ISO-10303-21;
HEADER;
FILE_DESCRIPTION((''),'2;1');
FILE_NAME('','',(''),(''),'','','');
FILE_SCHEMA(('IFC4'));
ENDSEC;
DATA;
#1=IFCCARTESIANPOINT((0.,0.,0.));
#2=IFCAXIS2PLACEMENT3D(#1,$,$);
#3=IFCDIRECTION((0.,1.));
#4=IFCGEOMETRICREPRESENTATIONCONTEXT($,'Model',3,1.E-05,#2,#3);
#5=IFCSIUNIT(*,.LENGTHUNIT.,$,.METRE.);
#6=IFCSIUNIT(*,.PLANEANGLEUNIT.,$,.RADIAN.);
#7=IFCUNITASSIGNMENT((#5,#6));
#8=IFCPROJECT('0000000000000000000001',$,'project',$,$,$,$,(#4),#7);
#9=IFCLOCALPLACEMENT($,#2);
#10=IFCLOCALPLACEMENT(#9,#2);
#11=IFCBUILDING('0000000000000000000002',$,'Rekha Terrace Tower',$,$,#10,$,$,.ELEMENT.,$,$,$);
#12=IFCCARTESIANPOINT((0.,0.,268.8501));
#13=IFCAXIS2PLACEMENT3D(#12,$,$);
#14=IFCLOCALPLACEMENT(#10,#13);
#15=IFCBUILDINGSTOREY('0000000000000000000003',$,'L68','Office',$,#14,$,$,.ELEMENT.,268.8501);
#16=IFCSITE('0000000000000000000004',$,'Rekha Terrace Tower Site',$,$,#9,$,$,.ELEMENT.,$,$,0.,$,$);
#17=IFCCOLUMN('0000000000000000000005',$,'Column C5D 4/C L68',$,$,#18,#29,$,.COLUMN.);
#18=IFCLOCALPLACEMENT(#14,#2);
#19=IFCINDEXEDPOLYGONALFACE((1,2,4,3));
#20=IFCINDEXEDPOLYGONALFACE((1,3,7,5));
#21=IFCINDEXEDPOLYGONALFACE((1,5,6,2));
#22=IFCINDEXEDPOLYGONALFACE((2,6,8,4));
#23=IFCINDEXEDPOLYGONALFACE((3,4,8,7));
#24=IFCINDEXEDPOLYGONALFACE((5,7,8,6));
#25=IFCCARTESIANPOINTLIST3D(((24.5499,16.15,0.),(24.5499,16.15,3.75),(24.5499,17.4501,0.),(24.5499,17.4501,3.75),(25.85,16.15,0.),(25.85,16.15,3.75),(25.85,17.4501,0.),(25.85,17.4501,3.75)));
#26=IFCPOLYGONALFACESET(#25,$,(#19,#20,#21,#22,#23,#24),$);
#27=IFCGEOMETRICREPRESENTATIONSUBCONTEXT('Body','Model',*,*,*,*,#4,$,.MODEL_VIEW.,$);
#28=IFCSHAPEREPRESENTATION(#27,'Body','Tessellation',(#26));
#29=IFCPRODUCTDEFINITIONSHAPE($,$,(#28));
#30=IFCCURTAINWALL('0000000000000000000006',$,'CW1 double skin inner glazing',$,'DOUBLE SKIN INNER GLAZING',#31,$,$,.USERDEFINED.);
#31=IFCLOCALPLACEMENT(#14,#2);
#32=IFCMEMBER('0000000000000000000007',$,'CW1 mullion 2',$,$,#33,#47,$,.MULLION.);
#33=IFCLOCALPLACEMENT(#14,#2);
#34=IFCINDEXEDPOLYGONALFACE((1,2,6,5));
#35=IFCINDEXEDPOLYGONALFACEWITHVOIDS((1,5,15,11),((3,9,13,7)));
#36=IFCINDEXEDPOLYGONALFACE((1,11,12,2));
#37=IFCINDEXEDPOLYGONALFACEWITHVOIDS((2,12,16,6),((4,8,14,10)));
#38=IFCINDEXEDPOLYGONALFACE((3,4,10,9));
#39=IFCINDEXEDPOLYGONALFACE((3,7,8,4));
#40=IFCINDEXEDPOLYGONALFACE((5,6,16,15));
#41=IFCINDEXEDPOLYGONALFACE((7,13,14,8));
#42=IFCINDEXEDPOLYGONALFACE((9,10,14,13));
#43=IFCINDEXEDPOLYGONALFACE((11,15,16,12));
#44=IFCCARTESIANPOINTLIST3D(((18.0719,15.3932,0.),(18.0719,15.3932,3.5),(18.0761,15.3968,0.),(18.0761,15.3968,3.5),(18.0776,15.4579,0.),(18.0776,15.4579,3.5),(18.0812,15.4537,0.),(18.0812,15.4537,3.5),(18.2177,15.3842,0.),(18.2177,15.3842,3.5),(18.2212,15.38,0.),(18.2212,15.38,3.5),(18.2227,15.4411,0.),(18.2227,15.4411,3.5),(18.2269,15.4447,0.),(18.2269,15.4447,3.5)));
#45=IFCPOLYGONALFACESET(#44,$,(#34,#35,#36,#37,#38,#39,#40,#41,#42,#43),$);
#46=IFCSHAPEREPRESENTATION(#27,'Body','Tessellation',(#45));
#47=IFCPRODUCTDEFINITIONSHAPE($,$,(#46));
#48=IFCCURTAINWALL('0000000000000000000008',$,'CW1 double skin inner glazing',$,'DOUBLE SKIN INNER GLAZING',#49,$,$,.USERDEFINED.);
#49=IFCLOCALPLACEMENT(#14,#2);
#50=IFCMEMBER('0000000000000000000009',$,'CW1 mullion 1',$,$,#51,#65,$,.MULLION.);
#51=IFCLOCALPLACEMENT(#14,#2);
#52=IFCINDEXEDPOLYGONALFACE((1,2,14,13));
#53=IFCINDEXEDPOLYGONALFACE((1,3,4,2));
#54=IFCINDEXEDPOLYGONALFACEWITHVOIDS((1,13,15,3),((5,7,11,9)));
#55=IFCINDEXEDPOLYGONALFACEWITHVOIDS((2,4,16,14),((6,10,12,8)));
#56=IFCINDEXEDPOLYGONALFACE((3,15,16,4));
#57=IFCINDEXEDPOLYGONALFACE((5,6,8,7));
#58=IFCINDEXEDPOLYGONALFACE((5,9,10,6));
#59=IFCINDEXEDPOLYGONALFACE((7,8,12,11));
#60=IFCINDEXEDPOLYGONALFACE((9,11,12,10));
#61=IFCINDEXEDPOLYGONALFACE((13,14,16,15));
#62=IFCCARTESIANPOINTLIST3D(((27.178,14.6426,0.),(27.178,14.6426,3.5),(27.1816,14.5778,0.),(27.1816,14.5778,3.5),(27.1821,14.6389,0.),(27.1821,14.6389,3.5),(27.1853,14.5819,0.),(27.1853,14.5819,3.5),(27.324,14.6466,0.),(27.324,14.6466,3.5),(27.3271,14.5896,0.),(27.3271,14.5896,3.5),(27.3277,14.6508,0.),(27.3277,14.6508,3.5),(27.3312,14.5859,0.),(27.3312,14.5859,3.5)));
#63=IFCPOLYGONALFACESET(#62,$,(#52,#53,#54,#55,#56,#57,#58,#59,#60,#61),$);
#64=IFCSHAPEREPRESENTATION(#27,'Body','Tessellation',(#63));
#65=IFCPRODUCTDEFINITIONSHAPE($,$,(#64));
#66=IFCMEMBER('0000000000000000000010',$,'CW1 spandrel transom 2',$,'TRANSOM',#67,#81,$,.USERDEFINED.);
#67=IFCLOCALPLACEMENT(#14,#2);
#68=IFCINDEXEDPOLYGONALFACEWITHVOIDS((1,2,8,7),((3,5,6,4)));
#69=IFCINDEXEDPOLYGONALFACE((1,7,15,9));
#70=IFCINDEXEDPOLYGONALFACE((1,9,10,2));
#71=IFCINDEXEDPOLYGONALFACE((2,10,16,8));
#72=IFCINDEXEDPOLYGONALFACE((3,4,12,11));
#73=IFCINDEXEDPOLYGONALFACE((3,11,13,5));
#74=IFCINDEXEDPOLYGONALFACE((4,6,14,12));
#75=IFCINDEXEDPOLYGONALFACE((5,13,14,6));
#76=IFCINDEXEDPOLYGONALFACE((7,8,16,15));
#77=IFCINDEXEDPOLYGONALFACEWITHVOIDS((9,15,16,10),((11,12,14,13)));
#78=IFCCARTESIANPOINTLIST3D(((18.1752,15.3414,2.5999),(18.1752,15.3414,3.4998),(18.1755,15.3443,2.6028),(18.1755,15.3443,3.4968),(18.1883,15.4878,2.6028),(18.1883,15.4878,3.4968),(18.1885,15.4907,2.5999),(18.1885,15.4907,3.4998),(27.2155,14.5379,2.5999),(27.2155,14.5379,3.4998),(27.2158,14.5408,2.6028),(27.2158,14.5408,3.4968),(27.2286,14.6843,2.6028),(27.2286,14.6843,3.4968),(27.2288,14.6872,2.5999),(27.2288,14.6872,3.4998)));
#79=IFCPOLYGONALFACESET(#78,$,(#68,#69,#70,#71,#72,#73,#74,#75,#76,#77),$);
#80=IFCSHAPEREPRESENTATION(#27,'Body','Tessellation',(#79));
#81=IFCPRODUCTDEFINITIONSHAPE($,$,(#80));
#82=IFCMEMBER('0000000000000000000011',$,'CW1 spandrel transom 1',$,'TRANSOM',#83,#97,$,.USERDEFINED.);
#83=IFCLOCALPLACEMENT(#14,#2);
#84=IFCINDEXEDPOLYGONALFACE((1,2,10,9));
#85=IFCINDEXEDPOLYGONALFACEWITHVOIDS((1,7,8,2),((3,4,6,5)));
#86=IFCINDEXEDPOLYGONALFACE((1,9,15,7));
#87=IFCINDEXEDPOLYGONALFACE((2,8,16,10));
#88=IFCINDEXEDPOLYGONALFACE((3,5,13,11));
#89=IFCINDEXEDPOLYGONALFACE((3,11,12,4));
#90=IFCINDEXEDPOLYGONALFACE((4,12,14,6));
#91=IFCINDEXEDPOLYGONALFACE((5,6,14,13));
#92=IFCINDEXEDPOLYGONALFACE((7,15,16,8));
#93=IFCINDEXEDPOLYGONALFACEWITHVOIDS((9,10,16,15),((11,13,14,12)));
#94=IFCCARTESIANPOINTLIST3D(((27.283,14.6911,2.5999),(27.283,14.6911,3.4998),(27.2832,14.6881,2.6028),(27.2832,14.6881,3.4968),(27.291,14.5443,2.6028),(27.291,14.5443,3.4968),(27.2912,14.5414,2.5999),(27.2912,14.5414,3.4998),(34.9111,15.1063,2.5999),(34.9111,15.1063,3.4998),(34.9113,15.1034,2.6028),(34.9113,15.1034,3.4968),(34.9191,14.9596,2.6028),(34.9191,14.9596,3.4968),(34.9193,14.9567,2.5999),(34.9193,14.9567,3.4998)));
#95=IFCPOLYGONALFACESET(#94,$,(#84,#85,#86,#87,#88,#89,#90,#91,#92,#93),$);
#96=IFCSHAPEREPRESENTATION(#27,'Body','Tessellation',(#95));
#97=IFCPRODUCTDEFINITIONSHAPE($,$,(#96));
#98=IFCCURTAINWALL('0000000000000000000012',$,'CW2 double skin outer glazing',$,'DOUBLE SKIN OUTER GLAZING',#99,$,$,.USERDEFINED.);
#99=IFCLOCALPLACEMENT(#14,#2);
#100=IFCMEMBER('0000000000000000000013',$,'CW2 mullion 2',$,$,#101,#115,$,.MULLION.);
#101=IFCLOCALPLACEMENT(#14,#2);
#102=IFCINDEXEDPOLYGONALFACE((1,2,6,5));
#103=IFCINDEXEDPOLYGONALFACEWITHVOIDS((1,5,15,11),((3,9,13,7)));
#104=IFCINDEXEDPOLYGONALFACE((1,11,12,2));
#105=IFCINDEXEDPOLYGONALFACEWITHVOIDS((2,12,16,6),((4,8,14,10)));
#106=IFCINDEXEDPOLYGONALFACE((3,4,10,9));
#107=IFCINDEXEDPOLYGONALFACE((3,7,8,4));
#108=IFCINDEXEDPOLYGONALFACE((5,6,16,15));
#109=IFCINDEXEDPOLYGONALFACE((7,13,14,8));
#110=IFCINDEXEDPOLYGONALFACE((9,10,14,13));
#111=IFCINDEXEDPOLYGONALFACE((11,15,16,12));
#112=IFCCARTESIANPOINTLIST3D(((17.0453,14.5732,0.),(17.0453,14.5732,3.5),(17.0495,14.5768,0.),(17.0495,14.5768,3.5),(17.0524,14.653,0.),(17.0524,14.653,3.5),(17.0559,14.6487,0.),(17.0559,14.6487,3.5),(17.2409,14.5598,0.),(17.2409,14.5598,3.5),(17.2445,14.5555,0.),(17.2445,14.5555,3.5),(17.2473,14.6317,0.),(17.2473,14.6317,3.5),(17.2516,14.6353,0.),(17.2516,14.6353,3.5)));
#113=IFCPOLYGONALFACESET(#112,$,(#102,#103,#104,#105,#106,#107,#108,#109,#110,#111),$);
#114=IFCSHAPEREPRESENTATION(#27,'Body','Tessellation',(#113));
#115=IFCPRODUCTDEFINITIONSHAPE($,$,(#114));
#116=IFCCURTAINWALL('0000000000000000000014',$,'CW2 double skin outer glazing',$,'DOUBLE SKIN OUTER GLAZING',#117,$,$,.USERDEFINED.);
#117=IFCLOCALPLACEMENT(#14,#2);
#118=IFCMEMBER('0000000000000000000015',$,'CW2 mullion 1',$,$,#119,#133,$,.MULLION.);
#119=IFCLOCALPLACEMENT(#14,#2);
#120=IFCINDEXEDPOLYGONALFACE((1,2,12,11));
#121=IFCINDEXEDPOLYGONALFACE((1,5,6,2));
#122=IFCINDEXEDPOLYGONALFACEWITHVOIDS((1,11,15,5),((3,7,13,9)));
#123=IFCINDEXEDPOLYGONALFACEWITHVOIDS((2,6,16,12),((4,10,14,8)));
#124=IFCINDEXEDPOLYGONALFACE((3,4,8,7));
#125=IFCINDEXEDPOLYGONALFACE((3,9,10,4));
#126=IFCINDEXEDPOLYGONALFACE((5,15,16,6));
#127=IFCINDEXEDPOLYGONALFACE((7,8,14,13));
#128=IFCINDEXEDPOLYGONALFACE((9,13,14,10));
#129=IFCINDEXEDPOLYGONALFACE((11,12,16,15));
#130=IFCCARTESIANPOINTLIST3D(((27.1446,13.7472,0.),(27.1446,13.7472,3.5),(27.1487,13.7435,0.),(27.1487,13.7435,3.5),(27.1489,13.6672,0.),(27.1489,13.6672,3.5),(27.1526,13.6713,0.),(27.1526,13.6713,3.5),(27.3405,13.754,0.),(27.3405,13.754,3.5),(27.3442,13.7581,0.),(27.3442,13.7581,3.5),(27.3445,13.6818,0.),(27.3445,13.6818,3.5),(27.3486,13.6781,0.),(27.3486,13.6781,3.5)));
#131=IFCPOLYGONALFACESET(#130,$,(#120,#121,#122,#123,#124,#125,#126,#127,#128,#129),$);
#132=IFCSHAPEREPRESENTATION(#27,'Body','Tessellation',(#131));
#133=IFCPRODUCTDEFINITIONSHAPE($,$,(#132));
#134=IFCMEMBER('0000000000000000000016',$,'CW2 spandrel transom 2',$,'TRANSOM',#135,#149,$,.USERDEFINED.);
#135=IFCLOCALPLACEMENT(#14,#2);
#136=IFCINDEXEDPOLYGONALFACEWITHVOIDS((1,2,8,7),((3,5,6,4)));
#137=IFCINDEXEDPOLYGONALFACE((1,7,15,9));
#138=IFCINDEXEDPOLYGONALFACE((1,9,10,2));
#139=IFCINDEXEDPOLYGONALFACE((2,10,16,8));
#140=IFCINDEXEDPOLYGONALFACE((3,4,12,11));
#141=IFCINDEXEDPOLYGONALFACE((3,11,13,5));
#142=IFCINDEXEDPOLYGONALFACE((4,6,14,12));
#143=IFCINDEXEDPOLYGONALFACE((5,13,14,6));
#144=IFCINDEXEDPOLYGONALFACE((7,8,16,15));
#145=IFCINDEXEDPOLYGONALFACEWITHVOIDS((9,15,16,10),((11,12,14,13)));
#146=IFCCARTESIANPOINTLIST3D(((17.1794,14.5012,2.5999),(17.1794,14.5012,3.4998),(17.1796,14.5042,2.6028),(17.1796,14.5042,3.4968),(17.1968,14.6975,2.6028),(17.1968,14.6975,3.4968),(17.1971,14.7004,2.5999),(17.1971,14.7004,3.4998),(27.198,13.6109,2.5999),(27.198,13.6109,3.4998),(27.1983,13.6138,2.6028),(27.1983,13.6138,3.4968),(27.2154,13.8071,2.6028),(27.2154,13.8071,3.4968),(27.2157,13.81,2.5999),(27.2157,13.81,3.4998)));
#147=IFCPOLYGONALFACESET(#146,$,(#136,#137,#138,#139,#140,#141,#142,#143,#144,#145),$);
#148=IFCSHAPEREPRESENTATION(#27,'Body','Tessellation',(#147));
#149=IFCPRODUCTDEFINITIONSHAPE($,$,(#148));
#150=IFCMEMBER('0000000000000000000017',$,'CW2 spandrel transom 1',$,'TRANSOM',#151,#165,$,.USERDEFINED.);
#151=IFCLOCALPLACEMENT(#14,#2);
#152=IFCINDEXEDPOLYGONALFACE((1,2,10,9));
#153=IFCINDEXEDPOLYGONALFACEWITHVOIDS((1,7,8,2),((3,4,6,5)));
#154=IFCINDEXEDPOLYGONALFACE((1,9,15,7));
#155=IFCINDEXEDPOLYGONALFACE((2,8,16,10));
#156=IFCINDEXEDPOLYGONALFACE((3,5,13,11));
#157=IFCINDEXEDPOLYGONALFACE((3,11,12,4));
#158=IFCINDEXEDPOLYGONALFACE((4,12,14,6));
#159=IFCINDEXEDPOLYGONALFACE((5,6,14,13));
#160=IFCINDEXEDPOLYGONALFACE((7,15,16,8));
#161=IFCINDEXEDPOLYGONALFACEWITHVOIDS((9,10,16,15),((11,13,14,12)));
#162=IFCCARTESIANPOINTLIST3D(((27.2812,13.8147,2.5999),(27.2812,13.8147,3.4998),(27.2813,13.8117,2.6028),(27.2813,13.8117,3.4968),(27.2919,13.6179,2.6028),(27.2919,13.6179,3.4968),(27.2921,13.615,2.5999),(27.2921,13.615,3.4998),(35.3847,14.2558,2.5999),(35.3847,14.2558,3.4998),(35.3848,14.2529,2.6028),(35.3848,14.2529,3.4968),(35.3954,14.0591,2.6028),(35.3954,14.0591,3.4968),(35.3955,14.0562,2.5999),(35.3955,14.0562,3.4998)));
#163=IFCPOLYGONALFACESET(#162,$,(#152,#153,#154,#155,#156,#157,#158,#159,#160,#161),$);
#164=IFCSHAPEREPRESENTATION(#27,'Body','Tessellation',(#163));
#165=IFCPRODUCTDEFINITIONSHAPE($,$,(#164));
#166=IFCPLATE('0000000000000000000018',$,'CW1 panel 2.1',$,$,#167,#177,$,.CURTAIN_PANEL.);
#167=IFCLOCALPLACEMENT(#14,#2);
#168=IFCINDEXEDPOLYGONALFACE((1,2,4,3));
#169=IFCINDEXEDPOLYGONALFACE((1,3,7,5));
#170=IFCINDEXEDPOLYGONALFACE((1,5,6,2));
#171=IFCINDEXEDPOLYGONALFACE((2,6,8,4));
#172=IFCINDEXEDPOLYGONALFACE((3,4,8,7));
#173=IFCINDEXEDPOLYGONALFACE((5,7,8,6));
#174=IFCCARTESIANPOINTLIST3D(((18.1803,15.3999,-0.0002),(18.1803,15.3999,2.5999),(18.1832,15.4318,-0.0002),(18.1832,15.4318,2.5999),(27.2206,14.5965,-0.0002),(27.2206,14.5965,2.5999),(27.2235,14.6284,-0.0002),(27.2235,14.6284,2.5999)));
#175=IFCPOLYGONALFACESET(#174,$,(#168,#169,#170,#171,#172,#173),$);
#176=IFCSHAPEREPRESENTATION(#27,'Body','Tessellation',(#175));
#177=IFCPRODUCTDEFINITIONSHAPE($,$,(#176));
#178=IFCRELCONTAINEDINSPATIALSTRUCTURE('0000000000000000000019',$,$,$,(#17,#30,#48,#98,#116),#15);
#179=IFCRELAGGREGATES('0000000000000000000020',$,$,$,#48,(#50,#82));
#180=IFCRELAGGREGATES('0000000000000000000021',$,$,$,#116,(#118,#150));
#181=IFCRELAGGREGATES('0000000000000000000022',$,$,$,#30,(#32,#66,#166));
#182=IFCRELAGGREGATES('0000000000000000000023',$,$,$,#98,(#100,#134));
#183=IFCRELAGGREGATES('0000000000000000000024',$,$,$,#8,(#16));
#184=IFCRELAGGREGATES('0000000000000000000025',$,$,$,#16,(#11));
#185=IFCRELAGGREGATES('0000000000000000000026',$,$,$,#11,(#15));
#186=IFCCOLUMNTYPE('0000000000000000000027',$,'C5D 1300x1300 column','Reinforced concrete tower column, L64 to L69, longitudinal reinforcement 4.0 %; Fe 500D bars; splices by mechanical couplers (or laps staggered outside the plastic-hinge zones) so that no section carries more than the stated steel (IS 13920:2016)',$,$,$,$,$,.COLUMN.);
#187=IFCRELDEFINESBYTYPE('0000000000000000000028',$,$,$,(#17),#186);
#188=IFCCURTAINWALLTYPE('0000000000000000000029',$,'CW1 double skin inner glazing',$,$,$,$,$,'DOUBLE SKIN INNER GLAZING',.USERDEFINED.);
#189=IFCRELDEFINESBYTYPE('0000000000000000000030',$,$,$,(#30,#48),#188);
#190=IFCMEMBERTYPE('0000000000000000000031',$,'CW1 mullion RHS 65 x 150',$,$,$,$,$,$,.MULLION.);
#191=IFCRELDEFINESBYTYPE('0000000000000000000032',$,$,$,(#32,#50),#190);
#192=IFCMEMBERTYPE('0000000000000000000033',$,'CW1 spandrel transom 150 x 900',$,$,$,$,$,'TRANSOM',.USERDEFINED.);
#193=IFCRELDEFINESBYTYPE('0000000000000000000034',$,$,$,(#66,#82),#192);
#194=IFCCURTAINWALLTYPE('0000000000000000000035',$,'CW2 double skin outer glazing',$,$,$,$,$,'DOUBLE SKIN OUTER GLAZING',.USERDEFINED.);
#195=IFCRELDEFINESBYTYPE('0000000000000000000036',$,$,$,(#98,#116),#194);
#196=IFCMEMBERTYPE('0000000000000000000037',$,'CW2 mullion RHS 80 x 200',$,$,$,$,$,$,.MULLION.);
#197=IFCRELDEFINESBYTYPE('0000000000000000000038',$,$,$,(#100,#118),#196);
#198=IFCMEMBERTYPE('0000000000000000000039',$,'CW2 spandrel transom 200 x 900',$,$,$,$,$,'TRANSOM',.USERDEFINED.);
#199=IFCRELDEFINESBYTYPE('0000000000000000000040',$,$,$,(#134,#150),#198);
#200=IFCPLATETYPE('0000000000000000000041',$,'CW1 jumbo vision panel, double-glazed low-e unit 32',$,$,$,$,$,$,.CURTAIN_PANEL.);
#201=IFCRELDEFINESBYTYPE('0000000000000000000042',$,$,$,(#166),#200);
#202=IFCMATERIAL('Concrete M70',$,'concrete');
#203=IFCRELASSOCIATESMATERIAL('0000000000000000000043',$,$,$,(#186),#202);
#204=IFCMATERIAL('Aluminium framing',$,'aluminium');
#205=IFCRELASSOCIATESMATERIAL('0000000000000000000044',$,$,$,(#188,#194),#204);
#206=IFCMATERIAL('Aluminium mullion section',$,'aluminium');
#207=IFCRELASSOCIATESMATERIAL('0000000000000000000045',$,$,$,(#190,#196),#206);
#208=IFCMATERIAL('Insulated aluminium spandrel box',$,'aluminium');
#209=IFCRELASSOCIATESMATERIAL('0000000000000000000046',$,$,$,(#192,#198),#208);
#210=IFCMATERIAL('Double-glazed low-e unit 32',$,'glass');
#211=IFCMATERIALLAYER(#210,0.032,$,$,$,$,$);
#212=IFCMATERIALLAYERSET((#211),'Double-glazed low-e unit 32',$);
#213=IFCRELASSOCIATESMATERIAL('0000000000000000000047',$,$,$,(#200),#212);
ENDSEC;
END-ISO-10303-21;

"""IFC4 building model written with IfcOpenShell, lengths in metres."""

from ifc_helpers import new_model, si_unit, direction, frame, origin, origin_2d, place, context, subcontext, project, spatial, rectangle, hollow_rectangle, extrude, material, layer, layer_set, material_profile, profile_set, type_object, element, aggregate, save


model = new_model("IFC4")

# Units and contexts
model_context = context("Model", 3, precision=1e-05, world=origin(), true_north=direction((0.0, 1.0)))
body_context = subcontext(model_context, "Body", "Model", "MODEL_VIEW")
ifc_project = project(units=[si_unit("LENGTHUNIT", "METRE"), si_unit("PLANEANGLEUNIT", "RADIAN")], contexts=[model_context])

# Site, building, storey
site_placement = place(None, origin())
site = spatial("IfcSite", under=ifc_project, at=site_placement, Name="Rekha Terrace Tower Site", CompositionType="ELEMENT", RefElevation=0.0)
building_placement = place(site_placement, origin())
building = spatial("IfcBuilding", under=site, at=building_placement, Name="Rekha Terrace Tower", CompositionType="ELEMENT")
storey_placement = place(building_placement, frame((0.0, 0.0, 268.8501)))
storey = spatial("IfcBuildingStorey", under=building, at=storey_placement, Name="L68", Description="Office", CompositionType="ELEMENT", Elevation=268.8501)

# Column
ifc_material_1 = material(Name="Concrete M70", Category="concrete")
ifc_material_profile_1 = material_profile(ifc_material_1, rectangle(XDim=1.3, YDim=1.3, at=origin_2d()), Name="RC 1300x1300")
ifc_profile_set_1 = profile_set([ifc_material_profile_1], Name="Concrete M70")
column_type = type_object("IfcColumnType", Name="C5D 1300x1300 column", Description="Reinforced concrete tower column, L64 to L69, longitudinal reinforcement 4.0 %; Fe 500D bars; splices by mechanical couplers (or laps staggered outside the plastic-hinge zones) so that no section carries more than the stated steel (IS 13920:2016)", PredefinedType="COLUMN", material=ifc_profile_set_1)
column_placement = place(storey_placement, frame((25.2, 16.8, 0.0), z_axis=(0.0, 0.0, 1.0), x_axis=(1.0, 0.0, 0.0)))
element("IfcColumn", 1, at=column_placement, inside=storey, type_object=column_type, Name="Column C5D 4/C L68", PredefinedType="COLUMN", context=body_context, shape_type="SweptSolid", body=[
    extrude(rectangle(XDim=1.3, YDim=1.3, at=origin_2d()), origin(), (0.0, 0.0, 1.0), 3.75),
])

# Curtain walls, members
ifc_material_2 = material(Name="Aluminium framing", Category="aluminium")
curtain_wall_type_1 = type_object("IfcCurtainWallType", Name="CW1 double skin inner glazing", ElementType="DOUBLE SKIN INNER GLAZING", PredefinedType="USERDEFINED", material=ifc_material_2)
curtain_wall_1_placement = place(storey_placement, origin())
curtain_wall_1 = element("IfcCurtainWall", 2, at=curtain_wall_1_placement, inside=storey, type_object=curtain_wall_type_1, Name="CW1 double skin inner glazing", ObjectType="DOUBLE SKIN INNER GLAZING", PredefinedType="USERDEFINED")
ifc_material_3 = material(Name="Aluminium mullion section", Category="aluminium")
ifc_material_profile_2 = material_profile(ifc_material_3, hollow_rectangle(XDim=0.0649, YDim=0.1499, WallThickness=0.0039, at=origin_2d()), Name="AL RHS 65x150")
ifc_profile_set_2 = profile_set([ifc_material_profile_2], Name="Aluminium mullion section")
member_type_1 = type_object("IfcMemberType", Name="CW1 mullion RHS 65 x 150", PredefinedType="MULLION", material=ifc_profile_set_2)
member_1_placement = place(storey_placement, frame((18.1494, 15.4189, 0.0), z_axis=(0.0, 0.0, 1.0), x_axis=(0.088522, 0.996074, 0.0)))
member_1 = element("IfcMember", 3, at=member_1_placement, type_object=member_type_1, Name="CW1 mullion 2", PredefinedType="MULLION", context=body_context, shape_type="SweptSolid", body=[
    extrude(hollow_rectangle(XDim=0.0649, YDim=0.1499, WallThickness=0.0039, at=origin_2d()), origin(), (0.0, 0.0, 1.0), 3.5),
])
curtain_wall_2_placement = place(storey_placement, origin())
curtain_wall_2 = element("IfcCurtainWall", 4, at=curtain_wall_2_placement, inside=storey, type_object=curtain_wall_type_1, Name="CW1 double skin inner glazing", ObjectType="DOUBLE SKIN INNER GLAZING", PredefinedType="USERDEFINED")
member_2_placement = place(storey_placement, frame((27.2546, 14.6143, 0.0), z_axis=(0.0, 0.0, 1.0), x_axis=(-0.054389, 0.99852, 0.0)))
member_2 = element("IfcMember", 5, at=member_2_placement, type_object=member_type_1, Name="CW1 mullion 1", PredefinedType="MULLION", context=body_context, shape_type="SweptSolid", body=[
    extrude(hollow_rectangle(XDim=0.0649, YDim=0.1499, WallThickness=0.0039, at=origin_2d()), origin(), (0.0, 0.0, 1.0), 3.5),
])

# Members
ifc_material_4 = material(Name="Insulated aluminium spandrel box", Category="aluminium")
ifc_material_profile_3 = material_profile(ifc_material_4, hollow_rectangle(XDim=0.1499, YDim=0.8999, WallThickness=0.0029, at=origin_2d()), Name="AL SPANDREL BOX 150x900")
ifc_profile_set_3 = profile_set([ifc_material_profile_3], Name="Insulated aluminium spandrel box")
member_type_2 = type_object("IfcMemberType", Name="CW1 spandrel transom 150 x 900", ElementType="TRANSOM", PredefinedType="USERDEFINED", material=ifc_profile_set_3)
member_3_placement = place(storey_placement, frame((18.1819, 15.416, 3.0498), z_axis=(0.996074, -0.088527, 0.0), x_axis=(0.088527, 0.996074, 0.0)))
member_3 = element("IfcMember", 6, at=member_3_placement, type_object=member_type_2, Name="CW1 spandrel transom 2", ObjectType="TRANSOM", PredefinedType="USERDEFINED", context=body_context, shape_type="SweptSolid", body=[
    extrude(hollow_rectangle(XDim=0.1499, YDim=0.8999, WallThickness=0.0029, at=origin_2d()), origin(), (0.0, 0.0, 1.0), 9.0759),
])
member_4_placement = place(storey_placement, frame((27.2871, 14.6162, 3.0498), z_axis=(0.998521, 0.05436, 0.0), x_axis=(-0.05436, 0.998521, 0.0)))
member_4 = element("IfcMember", 7, at=member_4_placement, type_object=member_type_2, Name="CW1 spandrel transom 1", ObjectType="TRANSOM", PredefinedType="USERDEFINED", context=body_context, shape_type="SweptSolid", body=[
    extrude(hollow_rectangle(XDim=0.1499, YDim=0.8999, WallThickness=0.0029, at=origin_2d()), origin(), (0.0, 0.0, 1.0), 7.6394),
])
aggregate(curtain_wall_2, [member_2, member_4])

# Curtain walls, members
curtain_wall_type_2 = type_object("IfcCurtainWallType", Name="CW2 double skin outer glazing", ElementType="DOUBLE SKIN OUTER GLAZING", PredefinedType="USERDEFINED", material=ifc_material_2)
curtain_wall_3_placement = place(storey_placement, origin())
curtain_wall_3 = element("IfcCurtainWall", 8, at=curtain_wall_3_placement, inside=storey, type_object=curtain_wall_type_2, Name="CW2 double skin outer glazing", ObjectType="DOUBLE SKIN OUTER GLAZING", PredefinedType="USERDEFINED")
ifc_material_profile_4 = material_profile(ifc_material_3, hollow_rectangle(XDim=0.0801, YDim=0.2, WallThickness=0.0039, at=origin_2d()), Name="AL RHS 80x200")
ifc_profile_set_4 = profile_set([ifc_material_profile_4], Name="Aluminium mullion section")
member_type_3 = type_object("IfcMemberType", Name="CW2 mullion RHS 80 x 200", PredefinedType="MULLION", material=ifc_profile_set_4)
member_5_placement = place(storey_placement, frame((17.1484, 14.6042, 0.0), z_axis=(0.0, 0.0, 1.0), x_axis=(0.088522, 0.996074, 0.0)))
member_5 = element("IfcMember", 9, at=member_5_placement, type_object=member_type_3, Name="CW2 mullion 2", PredefinedType="MULLION", context=body_context, shape_type="SweptSolid", body=[
    extrude(hollow_rectangle(XDim=0.0801, YDim=0.2, WallThickness=0.0039, at=origin_2d()), origin(), (0.0, 0.0, 1.0), 3.5),
])
curtain_wall_4_placement = place(storey_placement, origin())
curtain_wall_4 = element("IfcCurtainWall", 10, at=curtain_wall_4_placement, inside=storey, type_object=curtain_wall_type_2, Name="CW2 double skin outer glazing", ObjectType="DOUBLE SKIN OUTER GLAZING", PredefinedType="USERDEFINED")
member_6_placement = place(storey_placement, frame((27.2466, 13.7126, 0.0), z_axis=(0.0, 0.0, 1.0), x_axis=(-0.054389, 0.99852, 0.0)))
member_6 = element("IfcMember", 11, at=member_6_placement, type_object=member_type_3, Name="CW2 mullion 1", PredefinedType="MULLION", context=body_context, shape_type="SweptSolid", body=[
    extrude(hollow_rectangle(XDim=0.0801, YDim=0.2, WallThickness=0.0039, at=origin_2d()), origin(), (0.0, 0.0, 1.0), 3.5),
])

# Members
ifc_material_profile_5 = material_profile(ifc_material_4, hollow_rectangle(XDim=0.2, YDim=0.8999, WallThickness=0.0029, at=origin_2d()), Name="AL SPANDREL BOX 200x900")
ifc_profile_set_5 = profile_set([ifc_material_profile_5], Name="Insulated aluminium spandrel box")
member_type_4 = type_object("IfcMemberType", Name="CW2 spandrel transom 200 x 900", ElementType="TRANSOM", PredefinedType="USERDEFINED", material=ifc_profile_set_5)
member_7_placement = place(storey_placement, frame((17.1882, 14.6008, 3.0498), z_axis=(0.996074, -0.088524, 0.0), x_axis=(0.088524, 0.996074, 0.0)))
member_7 = element("IfcMember", 12, at=member_7_placement, type_object=member_type_4, Name="CW2 spandrel transom 2", ObjectType="TRANSOM", PredefinedType="USERDEFINED", context=body_context, shape_type="SweptSolid", body=[
    extrude(hollow_rectangle(XDim=0.2, YDim=0.8999, WallThickness=0.0029, at=origin_2d()), origin(), (0.0, 0.0, 1.0), 10.0581),
])
member_8_placement = place(storey_placement, frame((27.2866, 13.7148, 3.0498), z_axis=(0.998521, 0.05436, 0.0), x_axis=(-0.05436, 0.998521, 0.0)))
member_8 = element("IfcMember", 13, at=member_8_placement, type_object=member_type_4, Name="CW2 spandrel transom 1", ObjectType="TRANSOM", PredefinedType="USERDEFINED", context=body_context, shape_type="SweptSolid", body=[
    extrude(hollow_rectangle(XDim=0.2, YDim=0.8999, WallThickness=0.0029, at=origin_2d()), origin(), (0.0, 0.0, 1.0), 8.1155),
])
aggregate(curtain_wall_4, [member_6, member_8])

# Plate
ifc_material_5 = material(Name="Double-glazed low-e unit 32", Category="glass")
ifc_layer_1 = layer(ifc_material_5, 0.032)
ifc_layer_set_1 = layer_set([ifc_layer_1], Name="Double-glazed low-e unit 32")
plate_type_1 = type_object("IfcPlateType", Name="CW1 jumbo vision panel, double-glazed low-e unit 32", PredefinedType="CURTAIN_PANEL", material=ifc_layer_set_1)
plate_1_placement = place(storey_placement, frame((22.7019, 15.0142, -0.0002), z_axis=(0.0, 0.0, 1.0), x_axis=(0.996074, -0.088522, 0.0)))
plate_1 = element("IfcPlate", 14, at=plate_1_placement, type_object=plate_type_1, Name="CW1 panel 2.1", PredefinedType="CURTAIN_PANEL", context=body_context, shape_type="SweptSolid", body=[
    extrude(rectangle(XDim=9.0759, YDim=0.032, at=origin_2d()), origin(), (0.0, 0.0, 1.0), 2.6001),
])
aggregate(curtain_wall_1, [member_1, member_3, plate_1])
aggregate(curtain_wall_3, [member_5, member_7])

save(model, "model.ifc")
